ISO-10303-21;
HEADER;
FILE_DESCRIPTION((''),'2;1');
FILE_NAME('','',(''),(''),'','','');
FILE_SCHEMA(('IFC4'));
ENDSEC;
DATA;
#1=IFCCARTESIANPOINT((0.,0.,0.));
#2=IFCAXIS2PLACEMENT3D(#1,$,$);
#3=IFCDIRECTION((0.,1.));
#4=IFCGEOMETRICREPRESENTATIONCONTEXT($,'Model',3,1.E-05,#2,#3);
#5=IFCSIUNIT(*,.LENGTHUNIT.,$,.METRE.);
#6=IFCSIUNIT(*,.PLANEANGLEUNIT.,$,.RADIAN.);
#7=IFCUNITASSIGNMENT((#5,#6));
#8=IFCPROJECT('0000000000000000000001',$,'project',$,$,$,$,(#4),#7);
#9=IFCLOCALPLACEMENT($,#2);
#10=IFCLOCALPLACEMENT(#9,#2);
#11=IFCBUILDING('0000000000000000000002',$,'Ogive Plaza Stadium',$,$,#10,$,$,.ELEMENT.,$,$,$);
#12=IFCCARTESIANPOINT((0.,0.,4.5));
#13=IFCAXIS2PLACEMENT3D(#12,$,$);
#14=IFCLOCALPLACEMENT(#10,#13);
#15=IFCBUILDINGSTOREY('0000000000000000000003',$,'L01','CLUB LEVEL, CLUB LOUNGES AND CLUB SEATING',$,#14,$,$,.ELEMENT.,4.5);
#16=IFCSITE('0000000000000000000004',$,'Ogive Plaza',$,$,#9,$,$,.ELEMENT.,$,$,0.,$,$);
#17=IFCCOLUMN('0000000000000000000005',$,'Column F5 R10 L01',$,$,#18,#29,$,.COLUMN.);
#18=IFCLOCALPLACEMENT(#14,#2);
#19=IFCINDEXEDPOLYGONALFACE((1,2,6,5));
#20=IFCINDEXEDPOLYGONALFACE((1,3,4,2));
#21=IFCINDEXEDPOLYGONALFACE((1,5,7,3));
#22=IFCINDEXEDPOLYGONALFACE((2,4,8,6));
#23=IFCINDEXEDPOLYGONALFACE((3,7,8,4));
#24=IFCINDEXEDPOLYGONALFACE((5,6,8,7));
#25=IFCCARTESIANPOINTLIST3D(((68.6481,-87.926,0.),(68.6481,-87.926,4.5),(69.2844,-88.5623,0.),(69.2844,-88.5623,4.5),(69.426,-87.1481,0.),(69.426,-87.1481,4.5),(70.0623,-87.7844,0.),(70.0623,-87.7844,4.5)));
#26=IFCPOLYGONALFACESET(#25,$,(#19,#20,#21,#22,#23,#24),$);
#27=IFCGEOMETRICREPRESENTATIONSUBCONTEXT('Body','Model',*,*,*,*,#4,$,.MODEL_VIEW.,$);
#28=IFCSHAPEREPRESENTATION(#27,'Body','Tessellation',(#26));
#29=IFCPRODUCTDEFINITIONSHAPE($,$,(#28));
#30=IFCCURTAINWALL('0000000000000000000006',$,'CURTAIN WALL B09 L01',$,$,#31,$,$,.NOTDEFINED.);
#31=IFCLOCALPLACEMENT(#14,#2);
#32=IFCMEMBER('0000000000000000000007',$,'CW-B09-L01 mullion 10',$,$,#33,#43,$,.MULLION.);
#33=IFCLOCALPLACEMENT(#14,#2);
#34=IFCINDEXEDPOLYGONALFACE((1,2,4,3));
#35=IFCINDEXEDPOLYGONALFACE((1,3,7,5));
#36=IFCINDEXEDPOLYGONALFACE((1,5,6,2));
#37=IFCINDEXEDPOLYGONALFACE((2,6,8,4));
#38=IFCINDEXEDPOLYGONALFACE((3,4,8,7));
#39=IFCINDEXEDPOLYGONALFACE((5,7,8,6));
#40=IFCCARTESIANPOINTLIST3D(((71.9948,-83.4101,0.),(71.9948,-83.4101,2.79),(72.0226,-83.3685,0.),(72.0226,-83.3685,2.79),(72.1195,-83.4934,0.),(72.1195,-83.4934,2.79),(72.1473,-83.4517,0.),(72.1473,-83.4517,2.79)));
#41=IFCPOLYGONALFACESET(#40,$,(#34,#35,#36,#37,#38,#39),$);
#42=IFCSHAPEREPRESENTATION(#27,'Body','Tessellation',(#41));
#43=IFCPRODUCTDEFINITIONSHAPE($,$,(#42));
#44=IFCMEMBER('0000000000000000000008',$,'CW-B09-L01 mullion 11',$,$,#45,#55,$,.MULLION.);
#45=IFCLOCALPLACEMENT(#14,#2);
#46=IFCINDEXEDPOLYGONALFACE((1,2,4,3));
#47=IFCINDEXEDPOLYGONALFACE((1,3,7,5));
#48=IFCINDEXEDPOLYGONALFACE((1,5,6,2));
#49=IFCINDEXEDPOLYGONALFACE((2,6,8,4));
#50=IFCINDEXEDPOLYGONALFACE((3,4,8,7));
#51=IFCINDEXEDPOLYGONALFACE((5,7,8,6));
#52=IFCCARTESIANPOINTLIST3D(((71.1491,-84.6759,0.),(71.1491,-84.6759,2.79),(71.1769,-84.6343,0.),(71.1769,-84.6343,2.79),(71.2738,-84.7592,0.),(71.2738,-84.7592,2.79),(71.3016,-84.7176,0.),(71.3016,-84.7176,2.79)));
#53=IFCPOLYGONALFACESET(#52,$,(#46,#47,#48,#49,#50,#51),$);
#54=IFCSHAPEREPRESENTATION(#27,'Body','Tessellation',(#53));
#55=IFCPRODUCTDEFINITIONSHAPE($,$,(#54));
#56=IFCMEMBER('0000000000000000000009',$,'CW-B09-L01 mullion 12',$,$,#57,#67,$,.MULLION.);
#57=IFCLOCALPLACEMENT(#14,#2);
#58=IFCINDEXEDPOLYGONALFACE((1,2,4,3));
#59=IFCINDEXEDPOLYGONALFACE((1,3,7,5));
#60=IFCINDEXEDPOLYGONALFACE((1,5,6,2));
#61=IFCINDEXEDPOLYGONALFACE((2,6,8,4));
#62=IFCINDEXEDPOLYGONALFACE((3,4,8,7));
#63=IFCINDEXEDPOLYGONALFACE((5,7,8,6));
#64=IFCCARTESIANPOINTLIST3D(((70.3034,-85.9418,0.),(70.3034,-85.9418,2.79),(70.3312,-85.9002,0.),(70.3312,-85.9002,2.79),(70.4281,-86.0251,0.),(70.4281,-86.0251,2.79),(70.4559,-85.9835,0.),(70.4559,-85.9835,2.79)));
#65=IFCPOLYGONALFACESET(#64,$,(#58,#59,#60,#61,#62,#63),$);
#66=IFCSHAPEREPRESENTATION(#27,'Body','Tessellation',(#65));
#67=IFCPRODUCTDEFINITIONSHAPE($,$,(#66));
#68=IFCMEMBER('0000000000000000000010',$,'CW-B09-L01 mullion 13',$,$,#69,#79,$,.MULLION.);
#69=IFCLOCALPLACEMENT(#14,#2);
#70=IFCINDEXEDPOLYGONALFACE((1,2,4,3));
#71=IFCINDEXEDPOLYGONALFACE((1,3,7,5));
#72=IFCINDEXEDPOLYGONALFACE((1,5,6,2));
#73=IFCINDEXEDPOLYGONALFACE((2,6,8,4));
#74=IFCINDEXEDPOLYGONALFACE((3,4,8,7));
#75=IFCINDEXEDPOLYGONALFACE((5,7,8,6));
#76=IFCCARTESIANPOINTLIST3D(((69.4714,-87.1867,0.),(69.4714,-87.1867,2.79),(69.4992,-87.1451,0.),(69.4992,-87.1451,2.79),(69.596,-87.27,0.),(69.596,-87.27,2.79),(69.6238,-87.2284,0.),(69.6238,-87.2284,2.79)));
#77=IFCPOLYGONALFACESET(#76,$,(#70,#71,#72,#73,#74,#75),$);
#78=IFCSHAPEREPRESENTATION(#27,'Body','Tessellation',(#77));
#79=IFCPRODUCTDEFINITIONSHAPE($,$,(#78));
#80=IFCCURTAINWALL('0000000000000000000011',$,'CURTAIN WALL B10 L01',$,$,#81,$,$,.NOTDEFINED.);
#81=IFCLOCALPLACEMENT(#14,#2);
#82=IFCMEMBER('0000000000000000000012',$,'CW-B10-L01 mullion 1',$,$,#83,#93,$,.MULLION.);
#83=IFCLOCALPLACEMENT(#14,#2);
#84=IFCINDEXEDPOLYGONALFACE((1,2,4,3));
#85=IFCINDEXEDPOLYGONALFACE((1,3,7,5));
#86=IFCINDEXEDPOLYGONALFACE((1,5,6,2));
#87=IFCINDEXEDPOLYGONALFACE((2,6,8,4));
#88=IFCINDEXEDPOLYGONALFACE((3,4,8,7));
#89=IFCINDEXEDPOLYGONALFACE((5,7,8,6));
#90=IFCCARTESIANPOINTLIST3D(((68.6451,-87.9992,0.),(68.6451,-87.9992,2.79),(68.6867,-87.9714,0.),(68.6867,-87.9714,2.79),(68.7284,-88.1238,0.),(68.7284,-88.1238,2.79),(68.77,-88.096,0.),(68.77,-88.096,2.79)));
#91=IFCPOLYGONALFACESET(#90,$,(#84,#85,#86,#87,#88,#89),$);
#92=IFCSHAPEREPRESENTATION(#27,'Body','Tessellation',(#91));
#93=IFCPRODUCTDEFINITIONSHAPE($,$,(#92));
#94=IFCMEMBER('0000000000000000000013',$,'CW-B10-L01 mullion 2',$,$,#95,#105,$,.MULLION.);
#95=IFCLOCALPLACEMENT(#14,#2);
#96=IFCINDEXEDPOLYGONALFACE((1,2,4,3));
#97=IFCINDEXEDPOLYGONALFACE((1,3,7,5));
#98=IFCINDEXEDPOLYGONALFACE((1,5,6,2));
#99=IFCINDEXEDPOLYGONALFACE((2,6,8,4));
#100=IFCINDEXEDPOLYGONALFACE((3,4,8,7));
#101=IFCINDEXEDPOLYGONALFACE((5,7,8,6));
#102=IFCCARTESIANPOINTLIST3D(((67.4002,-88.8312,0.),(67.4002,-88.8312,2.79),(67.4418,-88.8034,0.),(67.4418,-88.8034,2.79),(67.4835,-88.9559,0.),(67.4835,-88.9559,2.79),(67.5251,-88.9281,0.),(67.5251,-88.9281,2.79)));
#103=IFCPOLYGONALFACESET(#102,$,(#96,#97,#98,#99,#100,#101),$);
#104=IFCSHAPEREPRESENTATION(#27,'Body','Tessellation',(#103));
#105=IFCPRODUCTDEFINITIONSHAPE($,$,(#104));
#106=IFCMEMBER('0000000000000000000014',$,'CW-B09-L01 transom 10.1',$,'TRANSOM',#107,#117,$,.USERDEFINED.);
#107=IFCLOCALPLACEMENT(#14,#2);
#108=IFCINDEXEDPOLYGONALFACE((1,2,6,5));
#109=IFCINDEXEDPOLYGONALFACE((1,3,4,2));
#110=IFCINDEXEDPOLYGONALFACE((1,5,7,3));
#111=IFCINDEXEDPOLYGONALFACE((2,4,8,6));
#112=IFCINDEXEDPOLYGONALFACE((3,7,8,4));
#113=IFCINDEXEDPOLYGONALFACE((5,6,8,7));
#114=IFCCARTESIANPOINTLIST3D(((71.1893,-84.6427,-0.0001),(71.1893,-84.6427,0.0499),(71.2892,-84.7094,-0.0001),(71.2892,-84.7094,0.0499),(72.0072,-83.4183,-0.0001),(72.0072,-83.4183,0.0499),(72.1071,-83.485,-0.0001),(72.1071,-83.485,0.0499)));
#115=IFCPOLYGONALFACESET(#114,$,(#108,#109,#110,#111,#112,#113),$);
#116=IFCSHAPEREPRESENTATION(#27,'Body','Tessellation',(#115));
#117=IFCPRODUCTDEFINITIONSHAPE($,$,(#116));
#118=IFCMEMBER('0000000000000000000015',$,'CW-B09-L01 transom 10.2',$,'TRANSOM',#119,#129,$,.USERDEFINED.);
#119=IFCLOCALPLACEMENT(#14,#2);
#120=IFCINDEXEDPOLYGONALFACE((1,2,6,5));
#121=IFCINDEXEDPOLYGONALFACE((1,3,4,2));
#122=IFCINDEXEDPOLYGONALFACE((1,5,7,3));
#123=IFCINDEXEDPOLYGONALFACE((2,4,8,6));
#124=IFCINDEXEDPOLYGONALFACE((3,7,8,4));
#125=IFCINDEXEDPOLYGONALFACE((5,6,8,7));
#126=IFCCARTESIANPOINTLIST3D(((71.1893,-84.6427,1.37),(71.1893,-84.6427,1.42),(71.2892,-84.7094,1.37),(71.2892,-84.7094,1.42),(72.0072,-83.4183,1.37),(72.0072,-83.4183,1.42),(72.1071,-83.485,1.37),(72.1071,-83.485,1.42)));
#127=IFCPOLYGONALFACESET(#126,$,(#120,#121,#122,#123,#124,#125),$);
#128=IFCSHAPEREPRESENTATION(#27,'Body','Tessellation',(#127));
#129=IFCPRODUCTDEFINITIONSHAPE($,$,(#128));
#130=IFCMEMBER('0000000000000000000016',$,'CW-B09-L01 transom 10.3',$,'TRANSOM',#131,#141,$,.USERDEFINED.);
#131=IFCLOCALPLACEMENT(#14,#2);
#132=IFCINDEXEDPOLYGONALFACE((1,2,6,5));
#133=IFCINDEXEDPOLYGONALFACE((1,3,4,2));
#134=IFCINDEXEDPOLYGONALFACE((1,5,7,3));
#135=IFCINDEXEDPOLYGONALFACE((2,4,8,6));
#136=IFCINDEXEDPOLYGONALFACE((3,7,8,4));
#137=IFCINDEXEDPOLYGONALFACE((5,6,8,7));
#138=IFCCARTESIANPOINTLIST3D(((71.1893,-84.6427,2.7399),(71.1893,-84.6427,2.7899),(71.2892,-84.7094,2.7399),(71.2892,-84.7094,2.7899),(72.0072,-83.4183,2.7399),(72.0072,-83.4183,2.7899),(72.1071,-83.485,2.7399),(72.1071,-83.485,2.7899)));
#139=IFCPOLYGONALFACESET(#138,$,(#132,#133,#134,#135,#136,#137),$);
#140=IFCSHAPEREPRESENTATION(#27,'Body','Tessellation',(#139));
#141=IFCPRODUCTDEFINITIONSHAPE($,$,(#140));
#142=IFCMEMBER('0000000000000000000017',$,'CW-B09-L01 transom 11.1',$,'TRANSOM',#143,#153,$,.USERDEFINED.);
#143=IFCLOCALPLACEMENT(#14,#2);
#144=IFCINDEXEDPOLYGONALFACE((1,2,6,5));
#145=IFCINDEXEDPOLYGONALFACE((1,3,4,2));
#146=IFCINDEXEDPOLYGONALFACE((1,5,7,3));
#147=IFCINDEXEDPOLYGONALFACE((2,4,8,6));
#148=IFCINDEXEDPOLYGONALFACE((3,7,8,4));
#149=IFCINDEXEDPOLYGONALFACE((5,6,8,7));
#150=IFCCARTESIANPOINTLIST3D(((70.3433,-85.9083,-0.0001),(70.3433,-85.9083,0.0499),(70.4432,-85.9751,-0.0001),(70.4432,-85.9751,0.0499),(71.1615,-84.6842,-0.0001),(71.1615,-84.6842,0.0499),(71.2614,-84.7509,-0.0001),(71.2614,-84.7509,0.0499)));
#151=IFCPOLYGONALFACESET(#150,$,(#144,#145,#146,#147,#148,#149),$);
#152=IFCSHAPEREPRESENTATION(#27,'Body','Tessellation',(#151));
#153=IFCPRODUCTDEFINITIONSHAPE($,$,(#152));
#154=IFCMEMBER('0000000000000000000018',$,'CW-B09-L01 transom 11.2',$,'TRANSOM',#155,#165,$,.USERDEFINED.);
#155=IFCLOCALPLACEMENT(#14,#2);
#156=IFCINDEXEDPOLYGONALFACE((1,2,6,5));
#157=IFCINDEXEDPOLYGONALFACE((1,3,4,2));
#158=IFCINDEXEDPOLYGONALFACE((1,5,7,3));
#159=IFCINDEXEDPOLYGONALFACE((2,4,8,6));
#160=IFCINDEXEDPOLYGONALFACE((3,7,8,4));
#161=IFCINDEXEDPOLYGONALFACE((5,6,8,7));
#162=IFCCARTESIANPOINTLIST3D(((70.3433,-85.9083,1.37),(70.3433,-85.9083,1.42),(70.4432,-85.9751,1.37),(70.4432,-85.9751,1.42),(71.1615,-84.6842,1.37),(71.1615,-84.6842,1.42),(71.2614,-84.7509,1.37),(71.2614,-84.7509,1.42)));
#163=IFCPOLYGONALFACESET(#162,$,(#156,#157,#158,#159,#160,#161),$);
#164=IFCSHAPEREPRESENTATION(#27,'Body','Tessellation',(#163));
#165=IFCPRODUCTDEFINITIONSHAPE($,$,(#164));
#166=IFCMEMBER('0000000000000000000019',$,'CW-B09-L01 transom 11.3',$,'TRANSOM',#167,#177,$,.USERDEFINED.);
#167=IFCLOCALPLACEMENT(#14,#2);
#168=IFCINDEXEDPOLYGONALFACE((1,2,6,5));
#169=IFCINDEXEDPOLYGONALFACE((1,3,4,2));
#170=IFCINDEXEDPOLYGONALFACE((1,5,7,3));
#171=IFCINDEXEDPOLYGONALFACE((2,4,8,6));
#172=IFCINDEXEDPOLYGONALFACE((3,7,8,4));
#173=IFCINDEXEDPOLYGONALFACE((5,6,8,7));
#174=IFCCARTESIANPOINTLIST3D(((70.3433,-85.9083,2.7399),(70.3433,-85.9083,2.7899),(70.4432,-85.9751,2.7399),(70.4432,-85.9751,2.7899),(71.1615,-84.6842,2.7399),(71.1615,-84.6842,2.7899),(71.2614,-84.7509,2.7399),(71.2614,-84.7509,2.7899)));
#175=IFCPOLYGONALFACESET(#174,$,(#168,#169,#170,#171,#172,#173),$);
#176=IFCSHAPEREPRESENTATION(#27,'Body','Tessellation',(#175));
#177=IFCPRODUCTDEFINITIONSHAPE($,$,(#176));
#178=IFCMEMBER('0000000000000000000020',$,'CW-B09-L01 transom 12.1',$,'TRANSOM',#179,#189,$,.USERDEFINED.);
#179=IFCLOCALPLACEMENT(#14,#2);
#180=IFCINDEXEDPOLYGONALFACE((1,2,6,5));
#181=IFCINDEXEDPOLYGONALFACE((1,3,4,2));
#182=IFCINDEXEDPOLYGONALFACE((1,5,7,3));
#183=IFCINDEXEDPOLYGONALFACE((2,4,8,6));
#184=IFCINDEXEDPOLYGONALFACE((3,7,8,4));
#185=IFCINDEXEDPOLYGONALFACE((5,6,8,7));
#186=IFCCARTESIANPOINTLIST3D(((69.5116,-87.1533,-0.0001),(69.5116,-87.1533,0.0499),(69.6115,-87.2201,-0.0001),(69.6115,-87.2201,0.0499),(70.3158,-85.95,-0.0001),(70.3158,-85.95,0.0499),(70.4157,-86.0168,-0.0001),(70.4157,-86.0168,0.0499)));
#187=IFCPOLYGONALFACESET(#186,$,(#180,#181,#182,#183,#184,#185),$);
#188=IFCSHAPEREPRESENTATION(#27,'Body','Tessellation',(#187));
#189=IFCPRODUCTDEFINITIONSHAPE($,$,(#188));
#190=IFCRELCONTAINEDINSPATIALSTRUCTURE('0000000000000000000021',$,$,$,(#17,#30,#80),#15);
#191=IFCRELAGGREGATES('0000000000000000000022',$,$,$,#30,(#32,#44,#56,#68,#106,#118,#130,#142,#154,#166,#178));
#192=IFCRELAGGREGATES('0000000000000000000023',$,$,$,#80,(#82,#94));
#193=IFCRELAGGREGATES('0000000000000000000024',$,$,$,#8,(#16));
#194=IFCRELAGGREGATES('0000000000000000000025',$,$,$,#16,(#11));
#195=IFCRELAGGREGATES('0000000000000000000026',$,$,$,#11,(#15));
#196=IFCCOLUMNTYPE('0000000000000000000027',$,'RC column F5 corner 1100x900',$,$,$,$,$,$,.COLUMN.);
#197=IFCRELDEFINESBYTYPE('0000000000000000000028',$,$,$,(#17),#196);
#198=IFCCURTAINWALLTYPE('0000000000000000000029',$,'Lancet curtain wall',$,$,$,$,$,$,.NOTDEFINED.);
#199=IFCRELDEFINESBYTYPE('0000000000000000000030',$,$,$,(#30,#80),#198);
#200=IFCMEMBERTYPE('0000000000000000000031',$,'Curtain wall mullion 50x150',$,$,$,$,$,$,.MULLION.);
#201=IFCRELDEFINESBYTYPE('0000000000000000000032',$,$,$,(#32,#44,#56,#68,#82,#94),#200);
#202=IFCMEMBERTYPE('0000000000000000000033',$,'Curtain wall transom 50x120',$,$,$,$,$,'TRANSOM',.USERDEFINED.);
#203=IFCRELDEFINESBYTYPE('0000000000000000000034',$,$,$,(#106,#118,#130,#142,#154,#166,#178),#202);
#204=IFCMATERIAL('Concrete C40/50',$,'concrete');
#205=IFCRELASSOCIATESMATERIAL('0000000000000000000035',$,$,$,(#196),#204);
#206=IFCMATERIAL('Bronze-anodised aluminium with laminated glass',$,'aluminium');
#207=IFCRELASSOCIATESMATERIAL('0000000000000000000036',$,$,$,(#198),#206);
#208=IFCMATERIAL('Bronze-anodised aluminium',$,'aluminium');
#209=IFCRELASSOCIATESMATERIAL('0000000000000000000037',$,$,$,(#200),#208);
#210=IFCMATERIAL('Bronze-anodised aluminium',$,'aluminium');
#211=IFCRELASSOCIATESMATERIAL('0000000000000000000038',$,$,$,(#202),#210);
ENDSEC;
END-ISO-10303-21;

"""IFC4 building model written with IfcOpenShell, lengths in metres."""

from ifc_helpers import new_model, si_unit, direction, frame, origin, origin_2d, place, context, subcontext, project, spatial, rectangle, extrude, material, material_profile, profile_set, type_object, element, aggregate, save


model = new_model("IFC4")

# Units and contexts
model_context = context("Model", 3, precision=1e-05, world=origin(), true_north=direction((0.0, 1.0)))
body_context = subcontext(model_context, "Body", "Model", "MODEL_VIEW")
ifc_project = project(units=[si_unit("LENGTHUNIT", "METRE"), si_unit("PLANEANGLEUNIT", "RADIAN")], contexts=[model_context])

# Site, building, storey
site_placement = place(None, origin())
site = spatial("IfcSite", under=ifc_project, at=site_placement, Name="Ogive Plaza", CompositionType="ELEMENT", RefElevation=0.0)
building_placement = place(site_placement, origin())
building = spatial("IfcBuilding", under=site, at=building_placement, Name="Ogive Plaza Stadium", CompositionType="ELEMENT")
storey_placement = place(building_placement, frame((0.0, 0.0, 4.5)))
storey = spatial("IfcBuildingStorey", under=building, at=storey_placement, Name="L01", Description="CLUB LEVEL, CLUB LOUNGES AND CLUB SEATING", CompositionType="ELEMENT", Elevation=4.5)

# Column
ifc_material_1 = material(Name="Concrete C40/50", Category="concrete")
ifc_material_profile_1 = material_profile(ifc_material_1, rectangle(XDim=1.1001, YDim=0.8999, at=origin_2d()), Name="RC 1100x900")
ifc_profile_set_1 = profile_set([ifc_material_profile_1], Name="Concrete C40/50")
column_type = type_object("IfcColumnType", Name="RC column F5 corner 1100x900", PredefinedType="COLUMN", material=ifc_profile_set_1)
column_placement = place(storey_placement, frame((69.3552, -87.8552, 0.0), z_axis=(0.0, 0.0, 1.0), x_axis=(0.707107, 0.707107, 0.0)))
element("IfcColumn", 1, at=column_placement, inside=storey, type_object=column_type, Name="Column F5 R10 L01", PredefinedType="COLUMN", context=body_context, shape_type="SweptSolid", body=[
    extrude(rectangle(XDim=1.1001, YDim=0.8999, at=origin_2d()), origin(), (0.0, 0.0, 1.0), 4.5),
])

# Curtain walls, members
ifc_material_2 = material(Name="Bronze-anodised aluminium with laminated glass", Category="aluminium")
curtain_wall_type = type_object("IfcCurtainWallType", Name="Lancet curtain wall", PredefinedType="NOTDEFINED", material=ifc_material_2)
curtain_wall_1_placement = place(storey_placement, origin())
curtain_wall_1 = element("IfcCurtainWall", 2, at=curtain_wall_1_placement, inside=storey, type_object=curtain_wall_type, Name="CURTAIN WALL B09 L01", PredefinedType="NOTDEFINED")
ifc_material_3 = material(Name="Bronze-anodised aluminium", Category="aluminium")
ifc_material_profile_2 = material_profile(ifc_material_3, rectangle(XDim=0.1499, YDim=0.05, at=origin_2d()), Name="AL 150x50")
ifc_profile_set_2 = profile_set([ifc_material_profile_2], Name="Bronze-anodised aluminium")
member_type_1 = type_object("IfcMemberType", Name="Curtain wall mullion 50x150", PredefinedType="MULLION", material=ifc_profile_set_2)
member_1_placement = place(storey_placement, frame((72.071, -83.4309, 0.0), z_axis=(0.0, 0.0, 1.0), x_axis=(0.83147, -0.55557, 0.0)))
member_1 = element("IfcMember", 3, at=member_1_placement, type_object=member_type_1, Name="CW-B09-L01 mullion 10", PredefinedType="MULLION", context=body_context, shape_type="SweptSolid", body=[
    extrude(rectangle(XDim=0.1499, YDim=0.05, at=origin_2d()), origin(), (0.0, 0.0, 1.0), 2.79),
])
member_2_placement = place(storey_placement, frame((71.2253, -84.6968, 0.0), z_axis=(0.0, 0.0, 1.0), x_axis=(0.83147, -0.55557, 0.0)))
member_2 = element("IfcMember", 4, at=member_2_placement, type_object=member_type_1, Name="CW-B09-L01 mullion 11", PredefinedType="MULLION", context=body_context, shape_type="SweptSolid", body=[
    extrude(rectangle(XDim=0.1499, YDim=0.05, at=origin_2d()), origin(), (0.0, 0.0, 1.0), 2.79),
])
member_3_placement = place(storey_placement, frame((70.3796, -85.9626, 0.0), z_axis=(0.0, 0.0, 1.0), x_axis=(0.83147, -0.55557, 0.0)))
member_3 = element("IfcMember", 5, at=member_3_placement, type_object=member_type_1, Name="CW-B09-L01 mullion 12", PredefinedType="MULLION", context=body_context, shape_type="SweptSolid", body=[
    extrude(rectangle(XDim=0.1499, YDim=0.05, at=origin_2d()), origin(), (0.0, 0.0, 1.0), 2.79),
])
member_4_placement = place(storey_placement, frame((69.5476, -87.2075, 0.0), z_axis=(0.0, 0.0, 1.0), x_axis=(0.83147, -0.55557, 0.0)))
member_4 = element("IfcMember", 6, at=member_4_placement, type_object=member_type_1, Name="CW-B09-L01 mullion 13", PredefinedType="MULLION", context=body_context, shape_type="SweptSolid", body=[
    extrude(rectangle(XDim=0.1499, YDim=0.05, at=origin_2d()), origin(), (0.0, 0.0, 1.0), 2.79),
])
curtain_wall_2_placement = place(storey_placement, origin())
curtain_wall_2 = element("IfcCurtainWall", 7, at=curtain_wall_2_placement, inside=storey, type_object=curtain_wall_type, Name="CURTAIN WALL B10 L01", PredefinedType="NOTDEFINED")
member_5_placement = place(storey_placement, frame((68.7075, -88.0476, 0.0), z_axis=(0.0, 0.0, 1.0), x_axis=(0.55557, -0.83147, 0.0)))
member_5 = element("IfcMember", 8, at=member_5_placement, type_object=member_type_1, Name="CW-B10-L01 mullion 1", PredefinedType="MULLION", context=body_context, shape_type="SweptSolid", body=[
    extrude(rectangle(XDim=0.1499, YDim=0.05, at=origin_2d()), origin(), (0.0, 0.0, 1.0), 2.79),
])
member_6_placement = place(storey_placement, frame((67.4626, -88.8796, 0.0), z_axis=(0.0, 0.0, 1.0), x_axis=(0.55557, -0.83147, 0.0)))
member_6 = element("IfcMember", 9, at=member_6_placement, type_object=member_type_1, Name="CW-B10-L01 mullion 2", PredefinedType="MULLION", context=body_context, shape_type="SweptSolid", body=[
    extrude(rectangle(XDim=0.1499, YDim=0.05, at=origin_2d()), origin(), (0.0, 0.0, 1.0), 2.79),
])

# Members
ifc_material_4 = material(Name="Bronze-anodised aluminium", Category="aluminium")
ifc_material_profile_3 = material_profile(ifc_material_4, rectangle(XDim=0.1201, YDim=0.05, at=origin_2d()), Name="AL 120x50")
ifc_profile_set_3 = profile_set([ifc_material_profile_3], Name="Bronze-anodised aluminium")
member_type_2 = type_object("IfcMemberType", Name="Curtain wall transom 50x120", ElementType="TRANSOM", PredefinedType="USERDEFINED", material=ifc_profile_set_3)
member_7_placement = place(storey_placement, frame((72.0571, -83.4517, 0.0249), z_axis=(-0.555465, -0.83154, 0.0), x_axis=(0.83154, -0.555465, 0.0)))
member_7 = element("IfcMember", 10, at=member_7_placement, type_object=member_type_2, Name="CW-B09-L01 transom 10.1", ObjectType="TRANSOM", PredefinedType="USERDEFINED", context=body_context, shape_type="SweptSolid", body=[
    extrude(rectangle(XDim=0.1201, YDim=0.05, at=origin_2d()), origin(), (0.0, 0.0, 1.0), 1.4724),
])
member_8_placement = place(storey_placement, frame((72.0571, -83.4517, 1.395), z_axis=(-0.555465, -0.83154, 0.0), x_axis=(0.83154, -0.555465, 0.0)))
member_8 = element("IfcMember", 11, at=member_8_placement, type_object=member_type_2, Name="CW-B09-L01 transom 10.2", ObjectType="TRANSOM", PredefinedType="USERDEFINED", context=body_context, shape_type="SweptSolid", body=[
    extrude(rectangle(XDim=0.1201, YDim=0.05, at=origin_2d()), origin(), (0.0, 0.0, 1.0), 1.4724),
])
member_9_placement = place(storey_placement, frame((72.0571, -83.4517, 2.7649), z_axis=(-0.555465, -0.83154, 0.0), x_axis=(0.83154, -0.555465, 0.0)))
member_9 = element("IfcMember", 12, at=member_9_placement, type_object=member_type_2, Name="CW-B09-L01 transom 10.3", ObjectType="TRANSOM", PredefinedType="USERDEFINED", context=body_context, shape_type="SweptSolid", body=[
    extrude(rectangle(XDim=0.1201, YDim=0.05, at=origin_2d()), origin(), (0.0, 0.0, 1.0), 1.4724),
])
member_10_placement = place(storey_placement, frame((71.2114, -84.7175, 0.0249), z_axis=(-0.555656, -0.831412, 0.0), x_axis=(0.831412, -0.555656, 0.0)))
member_10 = element("IfcMember", 13, at=member_10_placement, type_object=member_type_2, Name="CW-B09-L01 transom 11.1", ObjectType="TRANSOM", PredefinedType="USERDEFINED", context=body_context, shape_type="SweptSolid", body=[
    extrude(rectangle(XDim=0.1201, YDim=0.05, at=origin_2d()), origin(), (0.0, 0.0, 1.0), 1.4724),
])
member_11_placement = place(storey_placement, frame((71.2114, -84.7175, 1.395), z_axis=(-0.555656, -0.831412, 0.0), x_axis=(0.831412, -0.555656, 0.0)))
member_11 = element("IfcMember", 14, at=member_11_placement, type_object=member_type_2, Name="CW-B09-L01 transom 11.2", ObjectType="TRANSOM", PredefinedType="USERDEFINED", context=body_context, shape_type="SweptSolid", body=[
    extrude(rectangle(XDim=0.1201, YDim=0.05, at=origin_2d()), origin(), (0.0, 0.0, 1.0), 1.4724),
])
member_12_placement = place(storey_placement, frame((71.2114, -84.7175, 2.7649), z_axis=(-0.555656, -0.831412, 0.0), x_axis=(0.831412, -0.555656, 0.0)))
member_12 = element("IfcMember", 15, at=member_12_placement, type_object=member_type_2, Name="CW-B09-L01 transom 11.3", ObjectType="TRANSOM", PredefinedType="USERDEFINED", context=body_context, shape_type="SweptSolid", body=[
    extrude(rectangle(XDim=0.1201, YDim=0.05, at=origin_2d()), origin(), (0.0, 0.0, 1.0), 1.4724),
])
member_13_placement = place(storey_placement, frame((70.3657, -85.9834, 0.0249), z_axis=(-0.555634, -0.831427, 0.0), x_axis=(0.831427, -0.555634, 0.0)))
member_13 = element("IfcMember", 16, at=member_13_placement, type_object=member_type_2, Name="CW-B09-L01 transom 12.1", ObjectType="TRANSOM", PredefinedType="USERDEFINED", context=body_context, shape_type="SweptSolid", body=[
    extrude(rectangle(XDim=0.1201, YDim=0.05, at=origin_2d()), origin(), (0.0, 0.0, 1.0), 1.4473),
])

aggregate(curtain_wall_1, [member_1, member_2, member_3, member_4, member_7, member_8, member_9, member_10, member_11, member_12, member_13])
aggregate(curtain_wall_2, [member_5, member_6])

save(model, "model.ifc")
